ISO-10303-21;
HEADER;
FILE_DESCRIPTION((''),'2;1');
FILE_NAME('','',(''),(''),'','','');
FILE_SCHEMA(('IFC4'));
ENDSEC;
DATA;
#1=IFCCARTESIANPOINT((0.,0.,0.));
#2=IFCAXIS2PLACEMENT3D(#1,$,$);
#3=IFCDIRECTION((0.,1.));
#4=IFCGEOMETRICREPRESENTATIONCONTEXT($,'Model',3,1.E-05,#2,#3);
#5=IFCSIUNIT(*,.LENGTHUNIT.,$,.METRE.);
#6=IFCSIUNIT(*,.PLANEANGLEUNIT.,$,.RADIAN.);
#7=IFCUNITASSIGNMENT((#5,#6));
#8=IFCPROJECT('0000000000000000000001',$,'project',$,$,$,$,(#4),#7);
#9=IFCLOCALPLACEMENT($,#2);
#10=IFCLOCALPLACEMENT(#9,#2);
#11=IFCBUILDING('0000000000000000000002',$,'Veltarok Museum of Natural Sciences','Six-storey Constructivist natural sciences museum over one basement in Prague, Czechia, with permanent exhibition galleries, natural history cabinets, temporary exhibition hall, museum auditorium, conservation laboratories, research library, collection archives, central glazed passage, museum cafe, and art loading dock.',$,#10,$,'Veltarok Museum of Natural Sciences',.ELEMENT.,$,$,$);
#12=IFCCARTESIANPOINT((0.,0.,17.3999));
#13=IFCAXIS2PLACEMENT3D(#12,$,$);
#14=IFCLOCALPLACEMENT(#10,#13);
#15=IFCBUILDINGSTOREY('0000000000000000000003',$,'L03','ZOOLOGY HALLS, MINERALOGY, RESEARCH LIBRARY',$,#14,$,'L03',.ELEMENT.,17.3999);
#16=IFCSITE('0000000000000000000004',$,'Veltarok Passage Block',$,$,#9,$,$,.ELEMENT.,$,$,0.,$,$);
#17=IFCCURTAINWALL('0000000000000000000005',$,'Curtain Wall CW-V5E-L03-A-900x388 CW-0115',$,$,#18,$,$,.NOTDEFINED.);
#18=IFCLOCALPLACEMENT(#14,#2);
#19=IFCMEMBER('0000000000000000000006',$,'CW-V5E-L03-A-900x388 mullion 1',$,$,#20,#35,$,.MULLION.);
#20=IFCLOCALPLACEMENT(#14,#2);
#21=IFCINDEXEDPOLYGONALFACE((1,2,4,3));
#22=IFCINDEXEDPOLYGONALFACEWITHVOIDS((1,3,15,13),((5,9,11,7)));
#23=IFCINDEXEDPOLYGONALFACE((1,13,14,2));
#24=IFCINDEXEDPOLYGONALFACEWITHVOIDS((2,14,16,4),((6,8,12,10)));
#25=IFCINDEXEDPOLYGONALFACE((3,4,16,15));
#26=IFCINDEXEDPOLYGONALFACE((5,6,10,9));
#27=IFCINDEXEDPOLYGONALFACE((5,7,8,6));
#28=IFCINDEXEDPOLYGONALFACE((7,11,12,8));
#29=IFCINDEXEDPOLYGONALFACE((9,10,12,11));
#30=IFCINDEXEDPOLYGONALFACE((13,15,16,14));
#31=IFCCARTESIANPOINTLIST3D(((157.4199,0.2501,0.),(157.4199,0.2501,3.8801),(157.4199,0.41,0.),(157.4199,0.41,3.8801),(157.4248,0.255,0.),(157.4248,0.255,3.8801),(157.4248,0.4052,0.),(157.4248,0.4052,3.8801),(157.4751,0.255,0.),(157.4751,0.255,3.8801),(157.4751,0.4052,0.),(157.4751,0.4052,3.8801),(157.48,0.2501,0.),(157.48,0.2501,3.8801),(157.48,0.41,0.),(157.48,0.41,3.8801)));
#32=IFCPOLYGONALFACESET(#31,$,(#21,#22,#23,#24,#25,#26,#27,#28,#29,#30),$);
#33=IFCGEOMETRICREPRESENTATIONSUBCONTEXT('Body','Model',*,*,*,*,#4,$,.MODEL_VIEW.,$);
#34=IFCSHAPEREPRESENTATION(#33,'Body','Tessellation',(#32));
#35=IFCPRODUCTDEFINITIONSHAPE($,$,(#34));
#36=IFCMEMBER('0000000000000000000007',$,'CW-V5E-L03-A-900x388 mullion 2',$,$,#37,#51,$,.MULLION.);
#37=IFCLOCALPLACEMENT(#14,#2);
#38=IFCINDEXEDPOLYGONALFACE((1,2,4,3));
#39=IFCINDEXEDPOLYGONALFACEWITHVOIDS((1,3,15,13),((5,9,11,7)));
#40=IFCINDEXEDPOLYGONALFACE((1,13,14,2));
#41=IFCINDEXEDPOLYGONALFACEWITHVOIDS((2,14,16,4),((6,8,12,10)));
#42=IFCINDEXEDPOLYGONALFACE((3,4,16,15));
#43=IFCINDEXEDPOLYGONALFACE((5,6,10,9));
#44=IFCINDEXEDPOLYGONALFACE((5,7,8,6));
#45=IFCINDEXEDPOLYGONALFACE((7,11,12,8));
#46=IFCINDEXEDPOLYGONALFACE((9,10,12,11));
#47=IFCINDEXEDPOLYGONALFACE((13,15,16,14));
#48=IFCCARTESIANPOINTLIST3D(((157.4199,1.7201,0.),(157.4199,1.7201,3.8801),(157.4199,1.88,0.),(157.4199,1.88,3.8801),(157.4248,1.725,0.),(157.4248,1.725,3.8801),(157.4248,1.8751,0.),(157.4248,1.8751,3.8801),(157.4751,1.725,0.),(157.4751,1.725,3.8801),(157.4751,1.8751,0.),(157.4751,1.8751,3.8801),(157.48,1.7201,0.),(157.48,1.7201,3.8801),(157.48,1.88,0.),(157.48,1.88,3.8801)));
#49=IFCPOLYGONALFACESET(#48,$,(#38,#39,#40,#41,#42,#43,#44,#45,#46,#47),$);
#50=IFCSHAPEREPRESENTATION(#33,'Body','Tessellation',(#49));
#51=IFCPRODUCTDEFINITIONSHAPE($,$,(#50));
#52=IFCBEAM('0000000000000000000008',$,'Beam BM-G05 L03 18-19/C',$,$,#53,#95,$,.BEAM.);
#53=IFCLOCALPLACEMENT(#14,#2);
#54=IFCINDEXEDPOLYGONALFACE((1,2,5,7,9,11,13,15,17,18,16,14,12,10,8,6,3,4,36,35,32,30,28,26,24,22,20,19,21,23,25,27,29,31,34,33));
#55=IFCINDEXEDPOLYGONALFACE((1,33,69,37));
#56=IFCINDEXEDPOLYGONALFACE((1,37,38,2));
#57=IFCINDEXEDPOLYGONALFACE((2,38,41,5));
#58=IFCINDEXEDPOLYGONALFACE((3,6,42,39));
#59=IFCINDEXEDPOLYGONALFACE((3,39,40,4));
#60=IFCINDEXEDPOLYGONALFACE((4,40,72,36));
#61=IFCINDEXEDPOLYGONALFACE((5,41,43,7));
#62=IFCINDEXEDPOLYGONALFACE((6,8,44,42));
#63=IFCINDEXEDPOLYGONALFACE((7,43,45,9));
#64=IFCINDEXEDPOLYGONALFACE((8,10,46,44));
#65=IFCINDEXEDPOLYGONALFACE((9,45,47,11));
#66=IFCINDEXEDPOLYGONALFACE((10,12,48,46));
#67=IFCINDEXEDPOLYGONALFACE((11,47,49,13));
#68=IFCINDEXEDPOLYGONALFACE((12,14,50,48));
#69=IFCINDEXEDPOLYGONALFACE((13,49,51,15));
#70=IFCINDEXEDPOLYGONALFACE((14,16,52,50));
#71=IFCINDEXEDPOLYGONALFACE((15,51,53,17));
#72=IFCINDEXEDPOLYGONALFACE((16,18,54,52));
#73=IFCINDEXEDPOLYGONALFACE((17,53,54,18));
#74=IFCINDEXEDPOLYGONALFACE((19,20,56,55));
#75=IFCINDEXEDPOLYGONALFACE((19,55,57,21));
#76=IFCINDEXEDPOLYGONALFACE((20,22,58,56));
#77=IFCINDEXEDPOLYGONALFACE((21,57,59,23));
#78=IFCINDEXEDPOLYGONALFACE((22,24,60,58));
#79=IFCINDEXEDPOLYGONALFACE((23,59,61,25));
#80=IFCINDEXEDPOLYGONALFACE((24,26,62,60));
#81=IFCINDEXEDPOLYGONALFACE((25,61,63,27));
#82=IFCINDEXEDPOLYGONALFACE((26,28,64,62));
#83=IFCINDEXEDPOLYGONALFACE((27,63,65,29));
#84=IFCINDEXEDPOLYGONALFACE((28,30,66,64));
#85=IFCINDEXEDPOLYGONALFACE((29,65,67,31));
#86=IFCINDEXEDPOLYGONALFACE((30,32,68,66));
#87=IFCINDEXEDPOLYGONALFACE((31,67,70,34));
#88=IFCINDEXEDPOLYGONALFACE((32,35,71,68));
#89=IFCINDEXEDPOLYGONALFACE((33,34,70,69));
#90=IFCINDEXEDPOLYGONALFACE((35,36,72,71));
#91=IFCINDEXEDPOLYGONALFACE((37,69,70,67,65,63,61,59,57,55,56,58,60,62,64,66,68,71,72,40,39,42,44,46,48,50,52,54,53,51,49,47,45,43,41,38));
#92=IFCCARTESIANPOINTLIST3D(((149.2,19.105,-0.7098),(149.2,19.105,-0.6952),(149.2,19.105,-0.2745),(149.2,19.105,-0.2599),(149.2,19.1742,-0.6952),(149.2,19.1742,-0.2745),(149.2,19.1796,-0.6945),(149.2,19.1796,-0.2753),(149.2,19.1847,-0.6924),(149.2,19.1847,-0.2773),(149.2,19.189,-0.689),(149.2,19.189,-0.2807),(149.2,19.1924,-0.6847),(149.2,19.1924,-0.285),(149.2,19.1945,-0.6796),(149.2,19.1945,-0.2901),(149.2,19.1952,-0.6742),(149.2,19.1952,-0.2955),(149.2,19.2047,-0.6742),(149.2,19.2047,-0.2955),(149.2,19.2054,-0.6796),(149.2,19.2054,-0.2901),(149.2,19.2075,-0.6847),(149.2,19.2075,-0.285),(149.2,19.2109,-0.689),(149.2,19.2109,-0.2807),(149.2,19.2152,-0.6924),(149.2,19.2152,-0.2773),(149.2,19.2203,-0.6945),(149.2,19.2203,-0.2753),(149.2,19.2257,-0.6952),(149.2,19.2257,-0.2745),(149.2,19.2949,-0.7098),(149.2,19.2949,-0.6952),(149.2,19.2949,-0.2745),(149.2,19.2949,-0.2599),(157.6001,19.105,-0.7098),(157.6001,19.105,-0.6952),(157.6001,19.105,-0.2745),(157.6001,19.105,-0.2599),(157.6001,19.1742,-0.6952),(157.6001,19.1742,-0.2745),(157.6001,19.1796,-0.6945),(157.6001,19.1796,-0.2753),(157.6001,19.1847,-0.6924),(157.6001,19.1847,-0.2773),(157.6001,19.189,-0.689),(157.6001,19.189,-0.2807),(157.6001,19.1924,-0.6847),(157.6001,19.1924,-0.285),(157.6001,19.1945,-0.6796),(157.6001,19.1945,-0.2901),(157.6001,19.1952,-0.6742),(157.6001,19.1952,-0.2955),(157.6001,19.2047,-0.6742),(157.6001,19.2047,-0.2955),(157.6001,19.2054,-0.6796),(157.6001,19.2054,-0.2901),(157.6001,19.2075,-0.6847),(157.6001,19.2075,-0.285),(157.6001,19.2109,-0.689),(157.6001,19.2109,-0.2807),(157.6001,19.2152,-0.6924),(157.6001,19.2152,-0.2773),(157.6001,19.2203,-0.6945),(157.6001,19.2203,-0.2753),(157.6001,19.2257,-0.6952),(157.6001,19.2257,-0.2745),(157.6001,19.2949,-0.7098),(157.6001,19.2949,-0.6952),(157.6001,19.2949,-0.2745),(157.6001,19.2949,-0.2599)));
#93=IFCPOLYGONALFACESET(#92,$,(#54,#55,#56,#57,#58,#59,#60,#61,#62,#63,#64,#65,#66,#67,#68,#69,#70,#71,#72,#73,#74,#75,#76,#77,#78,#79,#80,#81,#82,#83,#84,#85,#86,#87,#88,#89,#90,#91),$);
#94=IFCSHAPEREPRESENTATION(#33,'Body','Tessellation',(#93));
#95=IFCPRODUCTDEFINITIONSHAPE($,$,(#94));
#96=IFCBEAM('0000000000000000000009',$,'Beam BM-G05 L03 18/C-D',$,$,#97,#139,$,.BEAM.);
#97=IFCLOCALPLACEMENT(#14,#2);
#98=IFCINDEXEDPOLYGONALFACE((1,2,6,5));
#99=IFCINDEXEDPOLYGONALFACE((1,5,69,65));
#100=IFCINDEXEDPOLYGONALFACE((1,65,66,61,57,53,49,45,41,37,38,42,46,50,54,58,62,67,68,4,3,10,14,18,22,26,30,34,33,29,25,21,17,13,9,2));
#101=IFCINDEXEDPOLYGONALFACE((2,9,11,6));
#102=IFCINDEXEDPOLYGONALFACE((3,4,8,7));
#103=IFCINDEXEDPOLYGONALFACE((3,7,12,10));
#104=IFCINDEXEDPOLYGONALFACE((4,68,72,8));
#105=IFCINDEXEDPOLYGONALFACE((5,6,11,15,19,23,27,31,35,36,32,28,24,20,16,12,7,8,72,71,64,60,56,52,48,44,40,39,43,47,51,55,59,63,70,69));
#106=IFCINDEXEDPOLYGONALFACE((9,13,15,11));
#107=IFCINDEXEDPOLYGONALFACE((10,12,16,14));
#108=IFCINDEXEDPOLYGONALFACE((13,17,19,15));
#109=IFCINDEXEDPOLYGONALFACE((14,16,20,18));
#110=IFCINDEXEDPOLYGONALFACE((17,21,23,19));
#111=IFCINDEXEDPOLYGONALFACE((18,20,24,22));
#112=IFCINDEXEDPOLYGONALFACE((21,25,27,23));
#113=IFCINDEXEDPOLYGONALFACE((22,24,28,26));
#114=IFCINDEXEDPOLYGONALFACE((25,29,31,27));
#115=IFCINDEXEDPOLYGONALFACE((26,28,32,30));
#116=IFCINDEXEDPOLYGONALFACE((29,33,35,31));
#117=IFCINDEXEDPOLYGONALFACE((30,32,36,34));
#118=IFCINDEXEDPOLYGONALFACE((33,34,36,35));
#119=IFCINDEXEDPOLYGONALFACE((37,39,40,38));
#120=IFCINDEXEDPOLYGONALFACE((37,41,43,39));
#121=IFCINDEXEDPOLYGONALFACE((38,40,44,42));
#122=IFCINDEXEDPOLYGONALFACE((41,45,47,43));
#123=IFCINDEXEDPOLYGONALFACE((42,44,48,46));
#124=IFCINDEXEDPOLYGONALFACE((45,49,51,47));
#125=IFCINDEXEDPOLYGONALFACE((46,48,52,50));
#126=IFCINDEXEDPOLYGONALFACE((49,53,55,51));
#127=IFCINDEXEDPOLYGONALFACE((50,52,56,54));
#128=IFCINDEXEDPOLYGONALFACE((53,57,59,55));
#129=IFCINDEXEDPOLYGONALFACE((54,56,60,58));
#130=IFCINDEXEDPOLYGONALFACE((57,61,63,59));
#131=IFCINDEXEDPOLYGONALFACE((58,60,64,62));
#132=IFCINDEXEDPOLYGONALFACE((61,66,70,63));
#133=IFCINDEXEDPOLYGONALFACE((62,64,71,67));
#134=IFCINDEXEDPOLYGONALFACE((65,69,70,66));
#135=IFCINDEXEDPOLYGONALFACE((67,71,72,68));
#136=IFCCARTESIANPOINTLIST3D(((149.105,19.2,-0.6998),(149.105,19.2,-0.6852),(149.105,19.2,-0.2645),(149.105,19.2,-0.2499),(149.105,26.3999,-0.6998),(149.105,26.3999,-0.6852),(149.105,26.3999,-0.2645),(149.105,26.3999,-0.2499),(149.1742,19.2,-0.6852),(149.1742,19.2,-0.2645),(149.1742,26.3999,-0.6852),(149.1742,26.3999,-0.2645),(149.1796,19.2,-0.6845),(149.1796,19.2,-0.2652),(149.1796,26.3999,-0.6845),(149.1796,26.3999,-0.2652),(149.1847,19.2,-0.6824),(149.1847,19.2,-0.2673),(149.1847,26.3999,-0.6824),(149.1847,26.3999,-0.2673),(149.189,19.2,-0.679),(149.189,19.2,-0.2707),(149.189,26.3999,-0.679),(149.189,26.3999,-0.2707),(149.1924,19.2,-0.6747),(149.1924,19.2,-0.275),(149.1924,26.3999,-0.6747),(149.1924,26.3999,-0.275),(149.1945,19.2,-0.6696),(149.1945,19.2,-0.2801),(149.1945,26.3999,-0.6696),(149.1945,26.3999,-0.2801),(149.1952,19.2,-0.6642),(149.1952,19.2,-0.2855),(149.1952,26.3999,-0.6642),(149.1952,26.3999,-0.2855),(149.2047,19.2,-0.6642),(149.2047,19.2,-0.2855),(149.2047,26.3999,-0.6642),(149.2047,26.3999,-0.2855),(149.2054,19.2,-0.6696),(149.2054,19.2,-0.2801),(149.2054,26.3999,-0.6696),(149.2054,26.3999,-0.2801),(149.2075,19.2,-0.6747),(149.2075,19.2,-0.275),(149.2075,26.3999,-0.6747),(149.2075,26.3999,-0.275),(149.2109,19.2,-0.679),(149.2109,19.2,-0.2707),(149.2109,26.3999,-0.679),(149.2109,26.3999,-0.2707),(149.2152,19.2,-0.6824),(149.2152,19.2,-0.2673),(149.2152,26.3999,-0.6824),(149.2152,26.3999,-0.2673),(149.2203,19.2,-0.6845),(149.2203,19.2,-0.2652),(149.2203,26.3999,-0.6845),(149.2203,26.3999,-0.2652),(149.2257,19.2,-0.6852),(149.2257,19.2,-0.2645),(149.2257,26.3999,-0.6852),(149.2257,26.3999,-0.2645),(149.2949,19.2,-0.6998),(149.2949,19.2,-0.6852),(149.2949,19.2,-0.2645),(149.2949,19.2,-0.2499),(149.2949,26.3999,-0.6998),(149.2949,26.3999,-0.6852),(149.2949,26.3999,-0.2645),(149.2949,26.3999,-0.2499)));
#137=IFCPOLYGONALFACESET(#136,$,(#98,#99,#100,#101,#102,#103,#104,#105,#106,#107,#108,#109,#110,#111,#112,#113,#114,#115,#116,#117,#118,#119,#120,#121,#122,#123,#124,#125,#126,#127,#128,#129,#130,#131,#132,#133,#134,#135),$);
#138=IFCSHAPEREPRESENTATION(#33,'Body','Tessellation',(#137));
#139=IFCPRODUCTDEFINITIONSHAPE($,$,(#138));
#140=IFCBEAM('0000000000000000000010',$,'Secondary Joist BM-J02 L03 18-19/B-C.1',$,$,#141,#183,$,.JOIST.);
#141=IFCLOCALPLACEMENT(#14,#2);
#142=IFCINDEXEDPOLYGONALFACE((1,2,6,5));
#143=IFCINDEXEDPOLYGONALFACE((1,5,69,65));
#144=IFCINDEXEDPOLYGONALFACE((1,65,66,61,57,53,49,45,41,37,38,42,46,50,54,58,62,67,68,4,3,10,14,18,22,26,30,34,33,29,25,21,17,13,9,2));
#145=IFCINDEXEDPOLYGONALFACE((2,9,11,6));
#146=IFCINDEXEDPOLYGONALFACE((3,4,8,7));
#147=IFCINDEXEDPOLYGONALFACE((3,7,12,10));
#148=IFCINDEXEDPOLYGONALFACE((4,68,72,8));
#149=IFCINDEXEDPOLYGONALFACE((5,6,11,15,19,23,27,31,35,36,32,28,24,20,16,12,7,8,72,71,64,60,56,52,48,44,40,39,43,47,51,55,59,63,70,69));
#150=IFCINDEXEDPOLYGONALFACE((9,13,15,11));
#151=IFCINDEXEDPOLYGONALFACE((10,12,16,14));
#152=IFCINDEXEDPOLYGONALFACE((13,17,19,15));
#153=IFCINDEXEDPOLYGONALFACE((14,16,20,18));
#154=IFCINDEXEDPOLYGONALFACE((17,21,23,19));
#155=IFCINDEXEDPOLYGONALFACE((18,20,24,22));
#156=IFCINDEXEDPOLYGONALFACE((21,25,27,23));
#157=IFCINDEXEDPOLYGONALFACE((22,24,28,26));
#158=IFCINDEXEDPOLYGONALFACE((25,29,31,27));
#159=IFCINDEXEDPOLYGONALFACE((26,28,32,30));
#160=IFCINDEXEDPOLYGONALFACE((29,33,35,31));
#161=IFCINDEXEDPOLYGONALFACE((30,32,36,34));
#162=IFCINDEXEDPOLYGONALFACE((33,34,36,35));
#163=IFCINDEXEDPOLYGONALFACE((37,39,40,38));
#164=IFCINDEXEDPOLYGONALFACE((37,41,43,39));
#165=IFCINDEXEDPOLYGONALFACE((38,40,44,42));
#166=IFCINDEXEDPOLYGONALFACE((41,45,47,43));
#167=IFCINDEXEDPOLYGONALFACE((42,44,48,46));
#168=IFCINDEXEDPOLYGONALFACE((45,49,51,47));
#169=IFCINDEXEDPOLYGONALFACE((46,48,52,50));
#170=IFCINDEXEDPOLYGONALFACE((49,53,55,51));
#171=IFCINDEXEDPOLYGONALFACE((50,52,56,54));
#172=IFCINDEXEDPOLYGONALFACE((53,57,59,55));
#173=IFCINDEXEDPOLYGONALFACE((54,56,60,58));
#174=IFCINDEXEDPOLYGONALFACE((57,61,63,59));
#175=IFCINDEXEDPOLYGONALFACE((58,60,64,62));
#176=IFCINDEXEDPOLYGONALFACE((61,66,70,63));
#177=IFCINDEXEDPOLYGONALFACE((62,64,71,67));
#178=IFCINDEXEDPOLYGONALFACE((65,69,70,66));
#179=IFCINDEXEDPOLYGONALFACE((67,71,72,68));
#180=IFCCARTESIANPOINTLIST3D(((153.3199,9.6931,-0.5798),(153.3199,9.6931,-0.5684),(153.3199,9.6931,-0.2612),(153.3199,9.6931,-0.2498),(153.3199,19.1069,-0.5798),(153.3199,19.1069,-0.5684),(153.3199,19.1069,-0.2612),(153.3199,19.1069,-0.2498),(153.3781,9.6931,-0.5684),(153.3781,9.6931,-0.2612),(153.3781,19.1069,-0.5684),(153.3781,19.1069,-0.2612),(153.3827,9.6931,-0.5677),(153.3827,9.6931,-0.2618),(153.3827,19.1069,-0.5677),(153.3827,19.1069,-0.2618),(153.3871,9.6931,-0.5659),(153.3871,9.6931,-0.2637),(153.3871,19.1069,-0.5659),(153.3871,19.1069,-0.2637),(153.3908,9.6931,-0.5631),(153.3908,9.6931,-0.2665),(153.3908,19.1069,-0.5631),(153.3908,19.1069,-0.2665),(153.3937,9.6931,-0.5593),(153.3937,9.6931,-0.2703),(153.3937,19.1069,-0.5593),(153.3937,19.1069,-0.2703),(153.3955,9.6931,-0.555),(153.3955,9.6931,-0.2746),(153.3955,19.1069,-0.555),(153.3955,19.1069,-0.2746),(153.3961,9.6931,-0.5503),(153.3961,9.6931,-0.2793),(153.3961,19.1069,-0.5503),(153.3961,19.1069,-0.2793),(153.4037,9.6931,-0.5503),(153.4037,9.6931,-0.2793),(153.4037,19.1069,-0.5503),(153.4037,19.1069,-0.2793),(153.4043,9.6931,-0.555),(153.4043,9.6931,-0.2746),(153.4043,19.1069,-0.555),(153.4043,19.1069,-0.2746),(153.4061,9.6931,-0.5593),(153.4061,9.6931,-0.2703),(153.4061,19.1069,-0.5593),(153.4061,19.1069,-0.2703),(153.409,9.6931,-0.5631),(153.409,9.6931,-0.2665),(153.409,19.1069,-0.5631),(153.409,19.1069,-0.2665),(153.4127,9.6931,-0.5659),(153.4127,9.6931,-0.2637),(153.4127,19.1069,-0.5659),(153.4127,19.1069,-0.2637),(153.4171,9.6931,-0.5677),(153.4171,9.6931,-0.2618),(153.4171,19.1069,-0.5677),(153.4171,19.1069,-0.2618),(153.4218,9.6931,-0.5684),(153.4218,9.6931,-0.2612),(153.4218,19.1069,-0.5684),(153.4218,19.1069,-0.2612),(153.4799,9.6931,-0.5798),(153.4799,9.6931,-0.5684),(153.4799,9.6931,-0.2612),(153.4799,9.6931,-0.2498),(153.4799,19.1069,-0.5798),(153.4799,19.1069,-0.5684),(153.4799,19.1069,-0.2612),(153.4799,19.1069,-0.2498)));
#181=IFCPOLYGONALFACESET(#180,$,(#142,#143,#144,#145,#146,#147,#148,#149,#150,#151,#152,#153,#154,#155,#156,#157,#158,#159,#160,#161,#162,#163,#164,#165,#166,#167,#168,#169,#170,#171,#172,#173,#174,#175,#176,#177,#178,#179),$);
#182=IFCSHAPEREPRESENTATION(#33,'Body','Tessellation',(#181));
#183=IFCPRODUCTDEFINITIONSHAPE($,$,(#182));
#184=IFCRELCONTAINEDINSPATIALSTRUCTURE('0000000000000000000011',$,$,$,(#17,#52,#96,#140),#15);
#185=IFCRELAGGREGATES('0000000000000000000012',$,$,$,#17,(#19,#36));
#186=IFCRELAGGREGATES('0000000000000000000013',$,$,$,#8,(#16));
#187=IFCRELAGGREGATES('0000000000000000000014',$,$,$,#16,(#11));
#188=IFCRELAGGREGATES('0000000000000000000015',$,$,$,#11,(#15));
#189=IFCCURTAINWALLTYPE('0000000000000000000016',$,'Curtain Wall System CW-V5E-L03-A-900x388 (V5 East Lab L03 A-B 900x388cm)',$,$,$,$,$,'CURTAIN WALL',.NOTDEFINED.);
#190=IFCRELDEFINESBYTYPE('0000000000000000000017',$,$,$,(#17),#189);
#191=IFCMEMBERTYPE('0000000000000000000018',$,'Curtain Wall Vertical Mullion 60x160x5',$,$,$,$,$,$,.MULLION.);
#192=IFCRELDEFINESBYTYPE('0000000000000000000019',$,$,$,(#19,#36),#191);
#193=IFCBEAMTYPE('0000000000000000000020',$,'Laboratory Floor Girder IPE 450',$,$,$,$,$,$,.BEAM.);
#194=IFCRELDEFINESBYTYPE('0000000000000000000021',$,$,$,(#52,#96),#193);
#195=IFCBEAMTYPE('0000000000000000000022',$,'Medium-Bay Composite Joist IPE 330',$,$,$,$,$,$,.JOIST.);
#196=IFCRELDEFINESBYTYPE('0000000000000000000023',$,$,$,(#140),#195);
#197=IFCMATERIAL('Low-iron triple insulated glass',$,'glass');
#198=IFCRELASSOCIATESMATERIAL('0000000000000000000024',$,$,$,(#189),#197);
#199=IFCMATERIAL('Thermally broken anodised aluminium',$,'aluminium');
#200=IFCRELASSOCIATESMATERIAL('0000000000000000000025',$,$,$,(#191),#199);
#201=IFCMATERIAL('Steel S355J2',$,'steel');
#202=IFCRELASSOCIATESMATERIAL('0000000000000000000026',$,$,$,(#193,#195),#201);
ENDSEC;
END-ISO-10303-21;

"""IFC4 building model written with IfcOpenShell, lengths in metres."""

from ifc_helpers import new_model, si_unit, direction, frame, origin, origin_2d, place, context, subcontext, project, spatial, hollow_rectangle, i_section, extrude, material, material_profile, profile_set, type_object, element, aggregate, save


model = new_model("IFC4")

# Units and contexts
model_context = context("Model", 3, precision=1e-05, world=origin(), true_north=direction((0.0, 1.0)))
body_context = subcontext(model_context, "Body", "Model", "MODEL_VIEW")
ifc_project = project(units=[si_unit("LENGTHUNIT", "METRE"), si_unit("PLANEANGLEUNIT", "RADIAN")], contexts=[model_context])

# Site, building, storey
site_placement = place(None, origin())
site = spatial("IfcSite", under=ifc_project, at=site_placement, Name="Veltarok Passage Block", CompositionType="ELEMENT", RefElevation=0.0)
building_placement = place(site_placement, origin())
building = spatial("IfcBuilding", under=site, at=building_placement, Name="Veltarok Museum of Natural Sciences", Description="Six-storey Constructivist natural sciences museum over one basement in Prague, Czechia, with permanent exhibition galleries, natural history cabinets, temporary exhibition hall, museum auditorium, conservation laboratories, research library, collection archives, central glazed passage, museum cafe, and art loading dock.", LongName="Veltarok Museum of Natural Sciences", CompositionType="ELEMENT")
storey_placement = place(building_placement, frame((0.0, 0.0, 17.3999)))
storey = spatial("IfcBuildingStorey", under=building, at=storey_placement, Name="L03", Description="ZOOLOGY HALLS, MINERALOGY, RESEARCH LIBRARY", LongName="L03", CompositionType="ELEMENT", Elevation=17.3999)

# Curtain wall
ifc_material_1 = material(Name="Low-iron triple insulated glass", Category="glass")
ifc_material_2 = material(Name="Thermally broken anodised aluminium", Category="aluminium")
curtain_wall_type_1 = type_object("IfcCurtainWallType", Name="Curtain Wall System CW-V5E-L03-A-900x388 (V5 East Lab L03 A-B 900x388cm)", ElementType="CURTAIN WALL", PredefinedType="NOTDEFINED", material=ifc_material_1)
curtain_wall_1_placement = place(storey_placement, origin())
curtain_wall_1 = element("IfcCurtainWall", 1, at=curtain_wall_1_placement, inside=storey, type_object=curtain_wall_type_1, Name="Curtain Wall CW-V5E-L03-A-900x388 CW-0115", PredefinedType="NOTDEFINED")

# Members
ifc_material_profile_1 = material_profile(ifc_material_2, hollow_rectangle(XDim=0.0601, YDim=0.1599, WallThickness=0.0049, at=origin_2d()), Name="CW MULLION 60x160x5")
ifc_profile_set_1 = profile_set([ifc_material_profile_1], Name="Thermally broken anodised aluminium")
member_type_1 = type_object("IfcMemberType", Name="Curtain Wall Vertical Mullion 60x160x5", PredefinedType="MULLION", material=ifc_profile_set_1)
member_1_placement = place(storey_placement, frame((157.45, 0.3301, 0.0), z_axis=(0.0, 0.0, 1.0), x_axis=(-1.0, 0.0, 0.0)))
member_1 = element("IfcMember", 2, at=member_1_placement, type_object=member_type_1, Name="CW-V5E-L03-A-900x388 mullion 1", PredefinedType="MULLION", context=body_context, shape_type="SweptSolid", body=[
    extrude(hollow_rectangle(XDim=0.0601, YDim=0.1599, WallThickness=0.0049, at=origin_2d()), origin(), (0.0, 0.0, 1.0), 3.8801),
])
member_2_placement = place(storey_placement, frame((157.45, 1.8, 0.0), z_axis=(0.0, 0.0, 1.0), x_axis=(-1.0, 0.0, 0.0)))
member_2 = element("IfcMember", 3, at=member_2_placement, type_object=member_type_1, Name="CW-V5E-L03-A-900x388 mullion 2", PredefinedType="MULLION", context=body_context, shape_type="SweptSolid", body=[
    extrude(hollow_rectangle(XDim=0.0601, YDim=0.1599, WallThickness=0.0049, at=origin_2d()), origin(), (0.0, 0.0, 1.0), 3.8801),
])

# Beams
ifc_material_3 = material(Name="Steel S355J2", Category="steel")
ifc_material_profile_2 = material_profile(ifc_material_3, i_section(OverallWidth=0.1899, OverallDepth=0.45, WebThickness=0.0095, FlangeThickness=0.0146, FilletRadius=0.021, at=origin_2d()), Name="IPE 450")
ifc_profile_set_2 = profile_set([ifc_material_profile_2], Name="Steel S355J2")
beam_type_1 = type_object("IfcBeamType", Name="Laboratory Floor Girder IPE 450", PredefinedType="BEAM", material=ifc_profile_set_2)
beam_1_placement = place(storey_placement, frame((149.2, 19.2, -0.4849), z_axis=(1.0, 0.0, 0.0), x_axis=(0.0, 1.0, 0.0)))
element("IfcBeam", 4, at=beam_1_placement, inside=storey, type_object=beam_type_1, Name="Beam BM-G05 L03 18-19/C", PredefinedType="BEAM", context=body_context, shape_type="SweptSolid", body=[
    extrude(i_section(OverallWidth=0.1899, OverallDepth=0.45, WebThickness=0.0095, FlangeThickness=0.0146, FilletRadius=0.021, at=origin_2d()), origin(), (0.0, 0.0, 1.0), 8.4001),
])
beam_2_placement = place(storey_placement, frame((149.2, 19.2, -0.4749), z_axis=(0.0, 1.0, 0.0), x_axis=(-1.0, 0.0, 0.0)))
element("IfcBeam", 5, at=beam_2_placement, inside=storey, type_object=beam_type_1, Name="Beam BM-G05 L03 18/C-D", PredefinedType="BEAM", context=body_context, shape_type="SweptSolid", body=[
    extrude(i_section(OverallWidth=0.1899, OverallDepth=0.45, WebThickness=0.0095, FlangeThickness=0.0146, FilletRadius=0.021, at=origin_2d()), origin(), (0.0, 0.0, 1.0), 7.2),
])
ifc_material_profile_3 = material_profile(ifc_material_3, i_section(OverallWidth=0.1599, OverallDepth=0.3301, WebThickness=0.0076, FlangeThickness=0.0115, FilletRadius=0.0181, at=origin_2d()), Name="IPE 330")
ifc_profile_set_3 = profile_set([ifc_material_profile_3], Name="Steel S355J2")
beam_type_2 = type_object("IfcBeamType", Name="Medium-Bay Composite Joist IPE 330", PredefinedType="JOIST", material=ifc_profile_set_3)
beam_3_placement = place(storey_placement, frame((153.3999, 9.6931, -0.4148), z_axis=(0.0, 1.0, 0.0), x_axis=(-1.0, 0.0, 0.0)))
element("IfcBeam", 6, at=beam_3_placement, inside=storey, type_object=beam_type_2, Name="Secondary Joist BM-J02 L03 18-19/B-C.1", PredefinedType="JOIST", context=body_context, shape_type="SweptSolid", body=[
    extrude(i_section(OverallWidth=0.1599, OverallDepth=0.3301, WebThickness=0.0076, FlangeThickness=0.0115, FilletRadius=0.0181, at=origin_2d()), origin(), (0.0, 0.0, 1.0), 9.4138),
])

aggregate(curtain_wall_1, [member_1, member_2])

save(model, "model.ifc")
